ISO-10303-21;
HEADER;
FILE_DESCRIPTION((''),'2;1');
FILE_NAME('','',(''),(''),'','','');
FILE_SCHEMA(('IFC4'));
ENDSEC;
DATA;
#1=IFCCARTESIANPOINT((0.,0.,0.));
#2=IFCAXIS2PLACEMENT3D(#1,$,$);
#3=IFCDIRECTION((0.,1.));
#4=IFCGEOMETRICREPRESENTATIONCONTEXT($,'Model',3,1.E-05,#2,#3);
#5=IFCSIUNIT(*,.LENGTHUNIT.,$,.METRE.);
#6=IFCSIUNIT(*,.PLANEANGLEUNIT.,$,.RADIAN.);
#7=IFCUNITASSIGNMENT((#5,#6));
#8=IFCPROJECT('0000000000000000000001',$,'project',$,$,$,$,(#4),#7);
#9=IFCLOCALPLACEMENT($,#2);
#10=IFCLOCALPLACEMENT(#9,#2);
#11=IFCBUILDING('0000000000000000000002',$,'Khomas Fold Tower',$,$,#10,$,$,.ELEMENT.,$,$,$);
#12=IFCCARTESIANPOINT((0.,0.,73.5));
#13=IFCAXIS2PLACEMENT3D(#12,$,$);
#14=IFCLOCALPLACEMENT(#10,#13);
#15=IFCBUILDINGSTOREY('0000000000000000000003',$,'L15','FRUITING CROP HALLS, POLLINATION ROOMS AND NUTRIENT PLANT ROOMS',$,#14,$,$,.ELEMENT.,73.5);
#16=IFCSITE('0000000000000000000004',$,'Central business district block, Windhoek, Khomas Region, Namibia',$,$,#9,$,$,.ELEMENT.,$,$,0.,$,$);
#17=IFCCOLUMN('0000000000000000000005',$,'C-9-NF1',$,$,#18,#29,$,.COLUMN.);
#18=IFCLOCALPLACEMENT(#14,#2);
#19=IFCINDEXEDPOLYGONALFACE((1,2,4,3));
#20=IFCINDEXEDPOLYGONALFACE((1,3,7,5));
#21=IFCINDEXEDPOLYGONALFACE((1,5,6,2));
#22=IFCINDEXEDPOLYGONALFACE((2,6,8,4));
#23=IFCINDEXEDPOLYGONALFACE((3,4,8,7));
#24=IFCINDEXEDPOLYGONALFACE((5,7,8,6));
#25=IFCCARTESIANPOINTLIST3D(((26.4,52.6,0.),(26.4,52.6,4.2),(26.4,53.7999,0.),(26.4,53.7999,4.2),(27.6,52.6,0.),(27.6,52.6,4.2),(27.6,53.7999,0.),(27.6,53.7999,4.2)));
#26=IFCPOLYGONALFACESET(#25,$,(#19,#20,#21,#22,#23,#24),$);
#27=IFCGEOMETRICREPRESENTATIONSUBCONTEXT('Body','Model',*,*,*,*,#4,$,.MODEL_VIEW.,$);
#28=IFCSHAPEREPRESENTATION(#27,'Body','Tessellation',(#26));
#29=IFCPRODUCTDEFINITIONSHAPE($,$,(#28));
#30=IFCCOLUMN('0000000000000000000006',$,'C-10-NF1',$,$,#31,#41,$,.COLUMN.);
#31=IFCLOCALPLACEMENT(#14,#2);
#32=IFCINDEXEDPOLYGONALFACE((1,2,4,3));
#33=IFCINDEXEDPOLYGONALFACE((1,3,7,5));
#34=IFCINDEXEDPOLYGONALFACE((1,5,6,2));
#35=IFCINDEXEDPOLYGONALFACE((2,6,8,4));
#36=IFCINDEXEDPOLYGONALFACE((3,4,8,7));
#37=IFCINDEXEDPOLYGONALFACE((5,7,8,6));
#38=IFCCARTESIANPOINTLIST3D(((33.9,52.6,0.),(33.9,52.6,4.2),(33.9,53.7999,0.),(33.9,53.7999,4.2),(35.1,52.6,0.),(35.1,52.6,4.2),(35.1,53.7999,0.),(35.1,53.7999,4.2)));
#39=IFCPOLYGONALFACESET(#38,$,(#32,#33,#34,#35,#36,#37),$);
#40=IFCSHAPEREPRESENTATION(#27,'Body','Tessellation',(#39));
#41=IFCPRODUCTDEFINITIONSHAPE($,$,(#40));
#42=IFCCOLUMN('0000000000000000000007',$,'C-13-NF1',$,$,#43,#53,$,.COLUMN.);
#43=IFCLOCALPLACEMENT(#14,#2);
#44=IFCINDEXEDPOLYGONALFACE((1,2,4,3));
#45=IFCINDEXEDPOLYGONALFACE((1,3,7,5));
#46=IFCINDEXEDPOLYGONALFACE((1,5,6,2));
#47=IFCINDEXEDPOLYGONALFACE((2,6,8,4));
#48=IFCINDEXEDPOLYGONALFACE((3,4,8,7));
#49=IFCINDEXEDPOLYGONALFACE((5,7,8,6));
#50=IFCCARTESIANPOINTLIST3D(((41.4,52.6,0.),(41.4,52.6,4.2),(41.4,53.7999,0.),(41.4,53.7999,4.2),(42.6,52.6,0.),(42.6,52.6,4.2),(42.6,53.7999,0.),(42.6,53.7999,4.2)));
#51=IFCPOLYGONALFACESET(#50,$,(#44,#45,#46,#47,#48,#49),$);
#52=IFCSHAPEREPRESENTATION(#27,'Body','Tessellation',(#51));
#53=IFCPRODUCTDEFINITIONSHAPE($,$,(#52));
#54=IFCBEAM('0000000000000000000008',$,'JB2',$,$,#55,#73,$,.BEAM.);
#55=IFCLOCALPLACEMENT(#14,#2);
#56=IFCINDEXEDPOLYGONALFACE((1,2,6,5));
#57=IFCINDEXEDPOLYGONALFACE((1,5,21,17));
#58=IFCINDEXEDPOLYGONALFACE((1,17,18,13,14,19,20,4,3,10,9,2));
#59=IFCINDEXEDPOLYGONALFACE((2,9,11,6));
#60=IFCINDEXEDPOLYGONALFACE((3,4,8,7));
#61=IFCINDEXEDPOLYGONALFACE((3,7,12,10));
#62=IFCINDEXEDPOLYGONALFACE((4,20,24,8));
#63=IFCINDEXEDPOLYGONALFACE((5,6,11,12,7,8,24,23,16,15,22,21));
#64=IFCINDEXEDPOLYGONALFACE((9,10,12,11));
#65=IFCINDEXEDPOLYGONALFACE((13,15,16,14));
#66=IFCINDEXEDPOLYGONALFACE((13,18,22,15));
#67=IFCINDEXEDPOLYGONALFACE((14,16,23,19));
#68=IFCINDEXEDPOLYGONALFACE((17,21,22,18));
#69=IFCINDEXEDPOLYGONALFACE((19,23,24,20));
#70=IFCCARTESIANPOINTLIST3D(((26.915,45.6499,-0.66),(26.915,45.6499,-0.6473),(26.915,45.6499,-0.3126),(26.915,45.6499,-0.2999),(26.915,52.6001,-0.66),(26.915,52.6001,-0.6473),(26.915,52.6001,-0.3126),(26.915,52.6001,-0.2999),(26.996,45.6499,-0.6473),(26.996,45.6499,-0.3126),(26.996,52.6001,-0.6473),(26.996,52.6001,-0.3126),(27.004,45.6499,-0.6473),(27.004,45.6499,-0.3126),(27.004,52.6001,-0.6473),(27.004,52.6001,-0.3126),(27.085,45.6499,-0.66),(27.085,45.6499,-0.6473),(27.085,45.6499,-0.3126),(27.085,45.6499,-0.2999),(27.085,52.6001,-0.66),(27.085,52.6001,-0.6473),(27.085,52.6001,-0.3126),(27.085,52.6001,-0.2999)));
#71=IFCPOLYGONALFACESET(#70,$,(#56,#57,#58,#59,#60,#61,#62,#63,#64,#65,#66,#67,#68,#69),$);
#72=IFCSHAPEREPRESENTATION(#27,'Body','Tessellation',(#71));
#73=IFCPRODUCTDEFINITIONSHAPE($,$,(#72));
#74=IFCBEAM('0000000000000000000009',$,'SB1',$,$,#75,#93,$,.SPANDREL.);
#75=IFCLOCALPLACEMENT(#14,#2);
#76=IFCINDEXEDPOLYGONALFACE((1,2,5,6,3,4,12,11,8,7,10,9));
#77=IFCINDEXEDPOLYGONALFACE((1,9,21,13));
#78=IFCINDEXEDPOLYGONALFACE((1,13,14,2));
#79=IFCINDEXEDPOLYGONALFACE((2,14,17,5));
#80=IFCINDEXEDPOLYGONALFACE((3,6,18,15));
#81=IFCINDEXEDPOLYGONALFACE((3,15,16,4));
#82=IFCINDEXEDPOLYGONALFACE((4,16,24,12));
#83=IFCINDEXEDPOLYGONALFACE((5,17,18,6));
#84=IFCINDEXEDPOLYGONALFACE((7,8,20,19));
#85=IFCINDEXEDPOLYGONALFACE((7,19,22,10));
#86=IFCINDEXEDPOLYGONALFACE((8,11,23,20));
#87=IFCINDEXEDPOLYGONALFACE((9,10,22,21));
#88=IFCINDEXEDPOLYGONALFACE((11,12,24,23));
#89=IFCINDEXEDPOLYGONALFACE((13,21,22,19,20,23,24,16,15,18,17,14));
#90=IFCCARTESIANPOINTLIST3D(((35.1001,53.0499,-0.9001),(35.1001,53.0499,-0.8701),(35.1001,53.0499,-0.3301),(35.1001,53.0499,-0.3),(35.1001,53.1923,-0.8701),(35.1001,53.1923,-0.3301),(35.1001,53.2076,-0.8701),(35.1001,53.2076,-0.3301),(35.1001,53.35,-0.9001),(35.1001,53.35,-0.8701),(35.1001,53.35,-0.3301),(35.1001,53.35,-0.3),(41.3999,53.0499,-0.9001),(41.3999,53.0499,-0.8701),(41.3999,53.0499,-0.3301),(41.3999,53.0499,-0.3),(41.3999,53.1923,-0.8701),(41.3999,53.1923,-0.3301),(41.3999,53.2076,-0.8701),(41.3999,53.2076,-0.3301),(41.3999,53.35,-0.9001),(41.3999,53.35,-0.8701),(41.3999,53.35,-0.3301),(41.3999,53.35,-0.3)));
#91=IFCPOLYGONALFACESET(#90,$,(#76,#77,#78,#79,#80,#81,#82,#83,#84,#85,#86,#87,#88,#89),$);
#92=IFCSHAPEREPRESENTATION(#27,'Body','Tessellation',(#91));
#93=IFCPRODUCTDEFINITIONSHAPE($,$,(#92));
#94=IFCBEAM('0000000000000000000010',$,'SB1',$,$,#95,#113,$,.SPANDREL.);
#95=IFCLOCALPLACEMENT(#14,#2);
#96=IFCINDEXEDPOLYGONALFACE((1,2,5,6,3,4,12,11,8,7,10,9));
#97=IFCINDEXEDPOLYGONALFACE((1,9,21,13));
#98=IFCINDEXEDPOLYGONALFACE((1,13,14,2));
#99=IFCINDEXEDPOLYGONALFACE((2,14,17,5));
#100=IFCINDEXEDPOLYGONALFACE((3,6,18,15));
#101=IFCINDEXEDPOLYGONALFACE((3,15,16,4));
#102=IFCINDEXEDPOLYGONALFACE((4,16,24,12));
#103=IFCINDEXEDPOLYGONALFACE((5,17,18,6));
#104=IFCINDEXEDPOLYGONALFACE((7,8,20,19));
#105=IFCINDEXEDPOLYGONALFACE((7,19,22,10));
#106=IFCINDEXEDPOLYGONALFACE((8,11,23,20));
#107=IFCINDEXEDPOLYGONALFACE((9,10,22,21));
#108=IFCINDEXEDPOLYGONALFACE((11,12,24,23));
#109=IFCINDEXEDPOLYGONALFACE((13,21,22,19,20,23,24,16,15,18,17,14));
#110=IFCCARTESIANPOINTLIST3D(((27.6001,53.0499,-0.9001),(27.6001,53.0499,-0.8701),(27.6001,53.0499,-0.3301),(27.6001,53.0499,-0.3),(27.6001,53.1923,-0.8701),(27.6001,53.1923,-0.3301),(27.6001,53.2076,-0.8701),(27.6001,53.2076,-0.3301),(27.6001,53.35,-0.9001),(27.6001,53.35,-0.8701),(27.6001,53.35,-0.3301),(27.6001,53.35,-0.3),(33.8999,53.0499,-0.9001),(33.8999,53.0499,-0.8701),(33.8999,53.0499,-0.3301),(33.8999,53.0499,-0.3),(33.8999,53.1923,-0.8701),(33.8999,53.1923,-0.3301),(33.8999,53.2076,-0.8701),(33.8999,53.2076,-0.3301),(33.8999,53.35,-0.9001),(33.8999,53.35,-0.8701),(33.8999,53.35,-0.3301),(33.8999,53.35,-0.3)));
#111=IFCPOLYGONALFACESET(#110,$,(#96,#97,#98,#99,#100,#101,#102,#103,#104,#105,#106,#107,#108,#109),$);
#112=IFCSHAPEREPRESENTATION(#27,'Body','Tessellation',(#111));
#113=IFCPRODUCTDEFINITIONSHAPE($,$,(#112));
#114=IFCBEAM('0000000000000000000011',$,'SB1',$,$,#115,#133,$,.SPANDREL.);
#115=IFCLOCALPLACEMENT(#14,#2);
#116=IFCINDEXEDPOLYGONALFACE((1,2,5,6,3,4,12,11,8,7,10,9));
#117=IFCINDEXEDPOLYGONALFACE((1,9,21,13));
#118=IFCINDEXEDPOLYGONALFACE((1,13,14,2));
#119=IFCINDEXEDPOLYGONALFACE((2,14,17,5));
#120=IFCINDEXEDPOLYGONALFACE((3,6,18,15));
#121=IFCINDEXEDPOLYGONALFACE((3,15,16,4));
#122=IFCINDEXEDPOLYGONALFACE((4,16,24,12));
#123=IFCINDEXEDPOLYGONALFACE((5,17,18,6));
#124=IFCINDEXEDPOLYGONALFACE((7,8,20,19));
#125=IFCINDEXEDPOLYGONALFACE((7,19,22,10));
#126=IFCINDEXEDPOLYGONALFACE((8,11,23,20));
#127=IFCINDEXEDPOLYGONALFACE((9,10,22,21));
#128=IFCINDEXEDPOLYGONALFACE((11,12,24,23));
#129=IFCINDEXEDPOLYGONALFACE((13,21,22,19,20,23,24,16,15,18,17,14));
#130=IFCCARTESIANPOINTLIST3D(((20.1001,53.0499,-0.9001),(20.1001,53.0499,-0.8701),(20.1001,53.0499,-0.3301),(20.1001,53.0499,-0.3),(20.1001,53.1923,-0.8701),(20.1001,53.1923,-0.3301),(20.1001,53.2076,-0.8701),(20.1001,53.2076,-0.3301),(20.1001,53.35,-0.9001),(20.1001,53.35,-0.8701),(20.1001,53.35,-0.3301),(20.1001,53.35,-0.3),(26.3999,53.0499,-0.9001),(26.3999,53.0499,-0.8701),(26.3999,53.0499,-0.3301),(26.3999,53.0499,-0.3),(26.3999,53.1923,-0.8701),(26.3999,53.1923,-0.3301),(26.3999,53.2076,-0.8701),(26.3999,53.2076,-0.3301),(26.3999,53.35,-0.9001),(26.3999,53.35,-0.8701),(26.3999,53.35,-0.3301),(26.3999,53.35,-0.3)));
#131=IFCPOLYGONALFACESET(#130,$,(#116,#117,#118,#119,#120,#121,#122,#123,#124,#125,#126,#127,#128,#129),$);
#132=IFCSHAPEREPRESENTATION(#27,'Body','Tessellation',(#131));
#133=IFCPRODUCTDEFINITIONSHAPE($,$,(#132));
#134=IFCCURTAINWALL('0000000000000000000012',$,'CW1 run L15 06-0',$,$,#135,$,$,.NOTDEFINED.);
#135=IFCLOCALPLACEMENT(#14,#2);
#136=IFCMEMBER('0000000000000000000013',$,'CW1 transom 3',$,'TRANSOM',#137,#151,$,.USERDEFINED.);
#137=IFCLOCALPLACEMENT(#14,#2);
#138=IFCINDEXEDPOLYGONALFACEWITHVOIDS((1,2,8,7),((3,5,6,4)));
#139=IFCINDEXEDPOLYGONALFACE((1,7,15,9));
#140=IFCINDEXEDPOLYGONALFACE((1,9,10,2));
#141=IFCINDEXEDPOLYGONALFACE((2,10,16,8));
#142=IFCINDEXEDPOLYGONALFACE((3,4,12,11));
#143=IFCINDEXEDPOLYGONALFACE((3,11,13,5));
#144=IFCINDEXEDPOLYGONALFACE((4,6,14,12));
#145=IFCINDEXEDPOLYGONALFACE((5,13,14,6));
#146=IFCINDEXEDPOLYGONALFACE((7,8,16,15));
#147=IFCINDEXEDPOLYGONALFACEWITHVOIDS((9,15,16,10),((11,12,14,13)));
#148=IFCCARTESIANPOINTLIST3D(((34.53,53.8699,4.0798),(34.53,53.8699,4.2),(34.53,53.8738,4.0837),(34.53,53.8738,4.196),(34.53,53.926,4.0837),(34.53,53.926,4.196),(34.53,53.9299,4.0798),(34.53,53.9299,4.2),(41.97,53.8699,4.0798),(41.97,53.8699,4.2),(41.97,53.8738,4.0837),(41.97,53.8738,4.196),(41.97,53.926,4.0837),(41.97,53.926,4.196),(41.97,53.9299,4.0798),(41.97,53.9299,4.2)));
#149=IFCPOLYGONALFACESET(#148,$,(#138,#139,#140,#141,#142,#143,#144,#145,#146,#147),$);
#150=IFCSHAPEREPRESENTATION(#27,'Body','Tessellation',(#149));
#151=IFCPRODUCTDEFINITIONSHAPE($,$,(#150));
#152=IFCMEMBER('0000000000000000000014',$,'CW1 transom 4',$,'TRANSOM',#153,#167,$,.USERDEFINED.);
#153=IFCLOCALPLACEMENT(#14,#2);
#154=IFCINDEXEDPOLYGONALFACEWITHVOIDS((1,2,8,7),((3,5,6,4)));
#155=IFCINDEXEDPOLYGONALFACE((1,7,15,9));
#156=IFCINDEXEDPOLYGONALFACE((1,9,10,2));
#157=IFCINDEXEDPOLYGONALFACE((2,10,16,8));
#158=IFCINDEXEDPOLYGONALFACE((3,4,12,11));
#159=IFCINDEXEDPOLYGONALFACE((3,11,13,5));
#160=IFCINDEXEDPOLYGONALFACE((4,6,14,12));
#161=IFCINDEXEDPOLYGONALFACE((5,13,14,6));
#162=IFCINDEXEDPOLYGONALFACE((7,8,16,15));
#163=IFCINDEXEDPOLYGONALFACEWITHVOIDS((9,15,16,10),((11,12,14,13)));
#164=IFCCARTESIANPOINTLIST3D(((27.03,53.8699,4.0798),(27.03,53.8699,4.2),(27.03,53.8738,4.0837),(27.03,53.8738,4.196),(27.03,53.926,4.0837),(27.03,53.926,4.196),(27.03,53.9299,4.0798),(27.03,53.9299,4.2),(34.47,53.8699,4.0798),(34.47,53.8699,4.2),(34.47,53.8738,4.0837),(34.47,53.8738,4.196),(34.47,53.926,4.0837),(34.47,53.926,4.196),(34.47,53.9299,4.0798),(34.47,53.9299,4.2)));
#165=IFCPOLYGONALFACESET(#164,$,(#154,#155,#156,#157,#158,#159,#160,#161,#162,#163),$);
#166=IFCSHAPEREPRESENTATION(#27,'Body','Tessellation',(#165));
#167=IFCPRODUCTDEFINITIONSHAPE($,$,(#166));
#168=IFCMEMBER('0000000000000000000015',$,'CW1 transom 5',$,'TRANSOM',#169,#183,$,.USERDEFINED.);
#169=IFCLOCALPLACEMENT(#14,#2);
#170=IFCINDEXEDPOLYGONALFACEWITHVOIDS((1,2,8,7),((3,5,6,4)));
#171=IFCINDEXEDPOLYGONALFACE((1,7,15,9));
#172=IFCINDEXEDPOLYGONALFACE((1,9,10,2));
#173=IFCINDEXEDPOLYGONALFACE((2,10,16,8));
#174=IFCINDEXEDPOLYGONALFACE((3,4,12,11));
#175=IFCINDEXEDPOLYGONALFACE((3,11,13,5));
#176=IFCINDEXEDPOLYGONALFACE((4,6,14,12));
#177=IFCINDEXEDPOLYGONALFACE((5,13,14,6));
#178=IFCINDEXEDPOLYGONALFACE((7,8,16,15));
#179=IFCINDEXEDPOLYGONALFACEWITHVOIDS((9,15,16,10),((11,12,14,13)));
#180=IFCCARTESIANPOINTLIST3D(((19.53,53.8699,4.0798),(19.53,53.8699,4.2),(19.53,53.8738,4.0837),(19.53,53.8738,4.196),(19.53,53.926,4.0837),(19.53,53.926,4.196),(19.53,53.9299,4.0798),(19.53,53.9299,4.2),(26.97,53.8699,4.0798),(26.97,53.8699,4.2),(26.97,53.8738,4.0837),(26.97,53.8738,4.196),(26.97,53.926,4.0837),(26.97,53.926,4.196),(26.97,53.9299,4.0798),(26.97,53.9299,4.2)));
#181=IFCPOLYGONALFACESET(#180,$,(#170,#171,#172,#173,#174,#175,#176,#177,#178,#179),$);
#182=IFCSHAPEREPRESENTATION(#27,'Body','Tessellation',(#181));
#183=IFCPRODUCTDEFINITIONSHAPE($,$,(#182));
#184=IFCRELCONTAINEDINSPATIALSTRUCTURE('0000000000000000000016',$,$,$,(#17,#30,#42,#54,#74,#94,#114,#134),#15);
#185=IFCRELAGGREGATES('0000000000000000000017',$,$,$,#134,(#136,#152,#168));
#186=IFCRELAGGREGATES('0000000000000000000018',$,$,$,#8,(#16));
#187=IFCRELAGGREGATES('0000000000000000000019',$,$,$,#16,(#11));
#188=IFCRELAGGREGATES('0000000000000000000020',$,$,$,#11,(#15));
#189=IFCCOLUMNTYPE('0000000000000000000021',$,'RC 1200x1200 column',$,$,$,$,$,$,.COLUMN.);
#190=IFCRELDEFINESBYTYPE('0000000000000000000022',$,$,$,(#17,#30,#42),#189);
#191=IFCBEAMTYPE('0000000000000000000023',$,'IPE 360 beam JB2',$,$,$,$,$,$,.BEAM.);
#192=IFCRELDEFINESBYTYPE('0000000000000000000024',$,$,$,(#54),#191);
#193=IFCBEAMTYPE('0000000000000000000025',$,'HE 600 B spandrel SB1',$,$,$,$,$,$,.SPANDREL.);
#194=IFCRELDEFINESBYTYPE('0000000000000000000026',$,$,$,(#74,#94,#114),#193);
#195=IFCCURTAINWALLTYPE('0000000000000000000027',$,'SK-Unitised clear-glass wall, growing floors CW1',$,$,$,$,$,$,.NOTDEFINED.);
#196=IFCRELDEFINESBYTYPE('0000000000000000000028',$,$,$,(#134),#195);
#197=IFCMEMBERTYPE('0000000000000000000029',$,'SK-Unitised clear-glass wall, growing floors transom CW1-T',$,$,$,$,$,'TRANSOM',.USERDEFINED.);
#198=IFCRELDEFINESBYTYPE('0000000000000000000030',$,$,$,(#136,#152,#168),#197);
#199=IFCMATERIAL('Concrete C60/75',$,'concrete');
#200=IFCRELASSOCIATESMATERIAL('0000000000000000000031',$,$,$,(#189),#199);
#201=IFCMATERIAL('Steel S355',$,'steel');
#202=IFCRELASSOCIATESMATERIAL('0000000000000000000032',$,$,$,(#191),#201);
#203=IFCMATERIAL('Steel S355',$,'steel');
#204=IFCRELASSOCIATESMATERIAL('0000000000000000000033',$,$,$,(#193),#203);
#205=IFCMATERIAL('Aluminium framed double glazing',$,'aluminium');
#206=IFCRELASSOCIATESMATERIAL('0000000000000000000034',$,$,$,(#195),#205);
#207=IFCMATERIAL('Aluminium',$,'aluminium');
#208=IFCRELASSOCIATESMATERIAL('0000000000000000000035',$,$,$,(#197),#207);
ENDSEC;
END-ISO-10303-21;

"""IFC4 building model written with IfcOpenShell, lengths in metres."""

from ifc_helpers import new_model, si_unit, direction, frame, origin, origin_2d, place, context, subcontext, project, spatial, rectangle, hollow_rectangle, i_section, extrude, source, transform, mapped, material, material_profile, profile_set, type_object, element, aggregate, save


model = new_model("IFC4")

# Units and contexts
model_context = context("Model", 3, precision=1e-05, world=origin(), true_north=direction((0.0, 1.0)))
body_context = subcontext(model_context, "Body", "Model", "MODEL_VIEW")
ifc_project = project(units=[si_unit("LENGTHUNIT", "METRE"), si_unit("PLANEANGLEUNIT", "RADIAN")], contexts=[model_context])

# Site, building, storey
site_placement = place(None, origin())
site = spatial("IfcSite", under=ifc_project, at=site_placement, Name="Central business district block, Windhoek, Khomas Region, Namibia", CompositionType="ELEMENT", RefElevation=0.0)
building_placement = place(site_placement, origin())
building = spatial("IfcBuilding", under=site, at=building_placement, Name="Khomas Fold Tower", CompositionType="ELEMENT")
storey_placement = place(building_placement, frame((0.0, 0.0, 73.5)))
storey = spatial("IfcBuildingStorey", under=building, at=storey_placement, Name="L15", Description="FRUITING CROP HALLS, POLLINATION ROOMS AND NUTRIENT PLANT ROOMS", CompositionType="ELEMENT", Elevation=73.5)

# Columns
ifc_material_1 = material(Name="Concrete C60/75", Category="concrete")
ifc_material_profile_1 = material_profile(ifc_material_1, rectangle(XDim=1.2, YDim=1.2, at=origin_2d()), Name="RC 1200x1200")
ifc_profile_set_1 = profile_set([ifc_material_profile_1], Name="Concrete C60/75")
column_type = type_object("IfcColumnType", Name="RC 1200x1200 column", PredefinedType="COLUMN", material=ifc_profile_set_1)
shared_shape_1 = source(origin(), body_context, "Body", "SweptSolid", [
    extrude(rectangle(XDim=1.2, YDim=1.2, at=origin_2d()), origin(), (0.0, 0.0, 1.0), 4.2),
])
for number, where, z_axis, x_axis, name in (
    (1, (27.0, 53.2, 0.0), (0.0, 0.0, 1.0), (1.0, 0.0, 0.0), "C-9-NF1"),
    (2, (34.5, 53.2, 0.0), (0.0, 0.0, 1.0), (1.0, 0.0, 0.0), "C-10-NF1"),
    (3, (42.0, 53.2, 0.0), (0.0, 0.0, 1.0), (1.0, 0.0, 0.0), "C-13-NF1"),
):
    element("IfcColumn", number, at=place(storey_placement, frame(where, z_axis=z_axis, x_axis=x_axis)), inside=storey, type_object=column_type, Name=name, PredefinedType="COLUMN", context=body_context, shape_type="MappedRepresentation", body=[
        mapped(shared_shape_1, transform((0.0, 0.0, 0.0))),
    ])

# Beams
ifc_material_2 = material(Name="Steel S355", Category="steel")
ifc_material_profile_2 = material_profile(ifc_material_2, i_section(OverallWidth=0.1699, OverallDepth=0.3601, WebThickness=0.0081, FlangeThickness=0.0127, at=origin_2d()), Name="IPE 360")
ifc_profile_set_2 = profile_set([ifc_material_profile_2], Name="Steel S355")
beam_type_1 = type_object("IfcBeamType", Name="IPE 360 beam JB2", PredefinedType="BEAM", material=ifc_profile_set_2)
shared_shape_2 = source(origin(), body_context, "Body", "SweptSolid", [
    extrude(i_section(OverallWidth=0.1699, OverallDepth=0.3601, WebThickness=0.0081, FlangeThickness=0.0127, at=origin_2d()), origin(), (0.0, 0.0, 1.0), 6.9502),
])
beam_placement = place(storey_placement, frame((27.0, 45.6499, -0.48), z_axis=(0.0, 1.0, 0.0), x_axis=(-1.0, 0.0, 0.0)))
element("IfcBeam", 4, at=beam_placement, inside=storey, type_object=beam_type_1, Name="JB2", PredefinedType="BEAM", context=body_context, shape_type="MappedRepresentation", body=[
    mapped(shared_shape_2, transform((0.0, 0.0, 0.0))),
])
ifc_material_3 = material(Name="Steel S355", Category="steel")
ifc_material_profile_3 = material_profile(ifc_material_3, i_section(OverallWidth=0.3, OverallDepth=0.6001, WebThickness=0.0154, FlangeThickness=0.03, at=origin_2d()), Name="HE 600 B")
ifc_profile_set_3 = profile_set([ifc_material_profile_3], Name="Steel S355")
beam_type_2 = type_object("IfcBeamType", Name="HE 600 B spandrel SB1", PredefinedType="SPANDREL", material=ifc_profile_set_3)
shared_shape_3 = source(origin(), body_context, "Body", "SweptSolid", [
    extrude(i_section(OverallWidth=0.3, OverallDepth=0.6001, WebThickness=0.0154, FlangeThickness=0.03, at=origin_2d()), origin(), (0.0, 0.0, 1.0), 6.2998),
])
for number, where, z_axis, x_axis, name in (
    (5, (35.1001, 53.2, -0.6001), (1.0, 0.0, 0.0), (0.0, 1.0, 0.0), "SB1"),
    (6, (27.6001, 53.2, -0.6001), (1.0, 0.0, 0.0), (0.0, 1.0, 0.0), "SB1"),
    (7, (20.1001, 53.2, -0.6001), (1.0, 0.0, 0.0), (0.0, 1.0, 0.0), "SB1"),
):
    element("IfcBeam", number, at=place(storey_placement, frame(where, z_axis=z_axis, x_axis=x_axis)), inside=storey, type_object=beam_type_2, Name=name, PredefinedType="SPANDREL", context=body_context, shape_type="MappedRepresentation", body=[
        mapped(shared_shape_3, transform((0.0, 0.0, 0.0))),
    ])

# Curtain wall, members
ifc_material_4 = material(Name="Aluminium framed double glazing", Category="aluminium")
curtain_wall_type = type_object("IfcCurtainWallType", Name="SK-Unitised clear-glass wall, growing floors CW1", PredefinedType="NOTDEFINED", material=ifc_material_4)
curtain_wall_placement = place(storey_placement, origin())
curtain_wall = element("IfcCurtainWall", 8, at=curtain_wall_placement, inside=storey, type_object=curtain_wall_type, Name="CW1 run L15 06-0", PredefinedType="NOTDEFINED")
ifc_material_5 = material(Name="Aluminium", Category="aluminium")
ifc_material_profile_4 = material_profile(ifc_material_5, hollow_rectangle(XDim=0.0601, YDim=0.1201, WallThickness=0.0039, at=origin_2d()), Name="SK-Unitised clear-glass wall, growing floors transom CW1-T")
ifc_profile_set_4 = profile_set([ifc_material_profile_4], Name="Aluminium")
member_type_1 = type_object("IfcMemberType", Name="SK-Unitised clear-glass wall, growing floors transom CW1-T", ElementType="TRANSOM", PredefinedType="USERDEFINED", material=ifc_profile_set_4)
shared_shape_4 = source(origin(), body_context, "Body", "SweptSolid", [
    extrude(hollow_rectangle(XDim=0.0601, YDim=0.1201, WallThickness=0.0039, at=origin_2d()), origin(), (0.0, 0.0, 1.0), 7.4399),
])
member_1_placement = place(storey_placement, frame((41.97, 53.8999, 4.1399), z_axis=(-1.0, 0.0, 0.0), x_axis=(0.0, -1.0, 0.0)))
member_1 = element("IfcMember", 9, at=member_1_placement, type_object=member_type_1, Name="CW1 transom 3", ObjectType="TRANSOM", PredefinedType="USERDEFINED", context=body_context, shape_type="MappedRepresentation", body=[
    mapped(shared_shape_4, transform((0.0, 0.0, 0.0))),
])
member_2_placement = place(storey_placement, frame((34.47, 53.8999, 4.1399), z_axis=(-1.0, 0.0, 0.0), x_axis=(0.0, -1.0, 0.0)))
member_2 = element("IfcMember", 10, at=member_2_placement, type_object=member_type_1, Name="CW1 transom 4", ObjectType="TRANSOM", PredefinedType="USERDEFINED", context=body_context, shape_type="MappedRepresentation", body=[
    mapped(shared_shape_4, transform((0.0, 0.0, 0.0))),
])
member_3_placement = place(storey_placement, frame((26.97, 53.8999, 4.1399), z_axis=(-1.0, 0.0, 0.0), x_axis=(0.0, -1.0, 0.0)))
member_3 = element("IfcMember", 11, at=member_3_placement, type_object=member_type_1, Name="CW1 transom 5", ObjectType="TRANSOM", PredefinedType="USERDEFINED", context=body_context, shape_type="MappedRepresentation", body=[
    mapped(shared_shape_4, transform((0.0, 0.0, 0.0))),
])

aggregate(curtain_wall, [member_1, member_2, member_3])

save(model, "model.ifc")
